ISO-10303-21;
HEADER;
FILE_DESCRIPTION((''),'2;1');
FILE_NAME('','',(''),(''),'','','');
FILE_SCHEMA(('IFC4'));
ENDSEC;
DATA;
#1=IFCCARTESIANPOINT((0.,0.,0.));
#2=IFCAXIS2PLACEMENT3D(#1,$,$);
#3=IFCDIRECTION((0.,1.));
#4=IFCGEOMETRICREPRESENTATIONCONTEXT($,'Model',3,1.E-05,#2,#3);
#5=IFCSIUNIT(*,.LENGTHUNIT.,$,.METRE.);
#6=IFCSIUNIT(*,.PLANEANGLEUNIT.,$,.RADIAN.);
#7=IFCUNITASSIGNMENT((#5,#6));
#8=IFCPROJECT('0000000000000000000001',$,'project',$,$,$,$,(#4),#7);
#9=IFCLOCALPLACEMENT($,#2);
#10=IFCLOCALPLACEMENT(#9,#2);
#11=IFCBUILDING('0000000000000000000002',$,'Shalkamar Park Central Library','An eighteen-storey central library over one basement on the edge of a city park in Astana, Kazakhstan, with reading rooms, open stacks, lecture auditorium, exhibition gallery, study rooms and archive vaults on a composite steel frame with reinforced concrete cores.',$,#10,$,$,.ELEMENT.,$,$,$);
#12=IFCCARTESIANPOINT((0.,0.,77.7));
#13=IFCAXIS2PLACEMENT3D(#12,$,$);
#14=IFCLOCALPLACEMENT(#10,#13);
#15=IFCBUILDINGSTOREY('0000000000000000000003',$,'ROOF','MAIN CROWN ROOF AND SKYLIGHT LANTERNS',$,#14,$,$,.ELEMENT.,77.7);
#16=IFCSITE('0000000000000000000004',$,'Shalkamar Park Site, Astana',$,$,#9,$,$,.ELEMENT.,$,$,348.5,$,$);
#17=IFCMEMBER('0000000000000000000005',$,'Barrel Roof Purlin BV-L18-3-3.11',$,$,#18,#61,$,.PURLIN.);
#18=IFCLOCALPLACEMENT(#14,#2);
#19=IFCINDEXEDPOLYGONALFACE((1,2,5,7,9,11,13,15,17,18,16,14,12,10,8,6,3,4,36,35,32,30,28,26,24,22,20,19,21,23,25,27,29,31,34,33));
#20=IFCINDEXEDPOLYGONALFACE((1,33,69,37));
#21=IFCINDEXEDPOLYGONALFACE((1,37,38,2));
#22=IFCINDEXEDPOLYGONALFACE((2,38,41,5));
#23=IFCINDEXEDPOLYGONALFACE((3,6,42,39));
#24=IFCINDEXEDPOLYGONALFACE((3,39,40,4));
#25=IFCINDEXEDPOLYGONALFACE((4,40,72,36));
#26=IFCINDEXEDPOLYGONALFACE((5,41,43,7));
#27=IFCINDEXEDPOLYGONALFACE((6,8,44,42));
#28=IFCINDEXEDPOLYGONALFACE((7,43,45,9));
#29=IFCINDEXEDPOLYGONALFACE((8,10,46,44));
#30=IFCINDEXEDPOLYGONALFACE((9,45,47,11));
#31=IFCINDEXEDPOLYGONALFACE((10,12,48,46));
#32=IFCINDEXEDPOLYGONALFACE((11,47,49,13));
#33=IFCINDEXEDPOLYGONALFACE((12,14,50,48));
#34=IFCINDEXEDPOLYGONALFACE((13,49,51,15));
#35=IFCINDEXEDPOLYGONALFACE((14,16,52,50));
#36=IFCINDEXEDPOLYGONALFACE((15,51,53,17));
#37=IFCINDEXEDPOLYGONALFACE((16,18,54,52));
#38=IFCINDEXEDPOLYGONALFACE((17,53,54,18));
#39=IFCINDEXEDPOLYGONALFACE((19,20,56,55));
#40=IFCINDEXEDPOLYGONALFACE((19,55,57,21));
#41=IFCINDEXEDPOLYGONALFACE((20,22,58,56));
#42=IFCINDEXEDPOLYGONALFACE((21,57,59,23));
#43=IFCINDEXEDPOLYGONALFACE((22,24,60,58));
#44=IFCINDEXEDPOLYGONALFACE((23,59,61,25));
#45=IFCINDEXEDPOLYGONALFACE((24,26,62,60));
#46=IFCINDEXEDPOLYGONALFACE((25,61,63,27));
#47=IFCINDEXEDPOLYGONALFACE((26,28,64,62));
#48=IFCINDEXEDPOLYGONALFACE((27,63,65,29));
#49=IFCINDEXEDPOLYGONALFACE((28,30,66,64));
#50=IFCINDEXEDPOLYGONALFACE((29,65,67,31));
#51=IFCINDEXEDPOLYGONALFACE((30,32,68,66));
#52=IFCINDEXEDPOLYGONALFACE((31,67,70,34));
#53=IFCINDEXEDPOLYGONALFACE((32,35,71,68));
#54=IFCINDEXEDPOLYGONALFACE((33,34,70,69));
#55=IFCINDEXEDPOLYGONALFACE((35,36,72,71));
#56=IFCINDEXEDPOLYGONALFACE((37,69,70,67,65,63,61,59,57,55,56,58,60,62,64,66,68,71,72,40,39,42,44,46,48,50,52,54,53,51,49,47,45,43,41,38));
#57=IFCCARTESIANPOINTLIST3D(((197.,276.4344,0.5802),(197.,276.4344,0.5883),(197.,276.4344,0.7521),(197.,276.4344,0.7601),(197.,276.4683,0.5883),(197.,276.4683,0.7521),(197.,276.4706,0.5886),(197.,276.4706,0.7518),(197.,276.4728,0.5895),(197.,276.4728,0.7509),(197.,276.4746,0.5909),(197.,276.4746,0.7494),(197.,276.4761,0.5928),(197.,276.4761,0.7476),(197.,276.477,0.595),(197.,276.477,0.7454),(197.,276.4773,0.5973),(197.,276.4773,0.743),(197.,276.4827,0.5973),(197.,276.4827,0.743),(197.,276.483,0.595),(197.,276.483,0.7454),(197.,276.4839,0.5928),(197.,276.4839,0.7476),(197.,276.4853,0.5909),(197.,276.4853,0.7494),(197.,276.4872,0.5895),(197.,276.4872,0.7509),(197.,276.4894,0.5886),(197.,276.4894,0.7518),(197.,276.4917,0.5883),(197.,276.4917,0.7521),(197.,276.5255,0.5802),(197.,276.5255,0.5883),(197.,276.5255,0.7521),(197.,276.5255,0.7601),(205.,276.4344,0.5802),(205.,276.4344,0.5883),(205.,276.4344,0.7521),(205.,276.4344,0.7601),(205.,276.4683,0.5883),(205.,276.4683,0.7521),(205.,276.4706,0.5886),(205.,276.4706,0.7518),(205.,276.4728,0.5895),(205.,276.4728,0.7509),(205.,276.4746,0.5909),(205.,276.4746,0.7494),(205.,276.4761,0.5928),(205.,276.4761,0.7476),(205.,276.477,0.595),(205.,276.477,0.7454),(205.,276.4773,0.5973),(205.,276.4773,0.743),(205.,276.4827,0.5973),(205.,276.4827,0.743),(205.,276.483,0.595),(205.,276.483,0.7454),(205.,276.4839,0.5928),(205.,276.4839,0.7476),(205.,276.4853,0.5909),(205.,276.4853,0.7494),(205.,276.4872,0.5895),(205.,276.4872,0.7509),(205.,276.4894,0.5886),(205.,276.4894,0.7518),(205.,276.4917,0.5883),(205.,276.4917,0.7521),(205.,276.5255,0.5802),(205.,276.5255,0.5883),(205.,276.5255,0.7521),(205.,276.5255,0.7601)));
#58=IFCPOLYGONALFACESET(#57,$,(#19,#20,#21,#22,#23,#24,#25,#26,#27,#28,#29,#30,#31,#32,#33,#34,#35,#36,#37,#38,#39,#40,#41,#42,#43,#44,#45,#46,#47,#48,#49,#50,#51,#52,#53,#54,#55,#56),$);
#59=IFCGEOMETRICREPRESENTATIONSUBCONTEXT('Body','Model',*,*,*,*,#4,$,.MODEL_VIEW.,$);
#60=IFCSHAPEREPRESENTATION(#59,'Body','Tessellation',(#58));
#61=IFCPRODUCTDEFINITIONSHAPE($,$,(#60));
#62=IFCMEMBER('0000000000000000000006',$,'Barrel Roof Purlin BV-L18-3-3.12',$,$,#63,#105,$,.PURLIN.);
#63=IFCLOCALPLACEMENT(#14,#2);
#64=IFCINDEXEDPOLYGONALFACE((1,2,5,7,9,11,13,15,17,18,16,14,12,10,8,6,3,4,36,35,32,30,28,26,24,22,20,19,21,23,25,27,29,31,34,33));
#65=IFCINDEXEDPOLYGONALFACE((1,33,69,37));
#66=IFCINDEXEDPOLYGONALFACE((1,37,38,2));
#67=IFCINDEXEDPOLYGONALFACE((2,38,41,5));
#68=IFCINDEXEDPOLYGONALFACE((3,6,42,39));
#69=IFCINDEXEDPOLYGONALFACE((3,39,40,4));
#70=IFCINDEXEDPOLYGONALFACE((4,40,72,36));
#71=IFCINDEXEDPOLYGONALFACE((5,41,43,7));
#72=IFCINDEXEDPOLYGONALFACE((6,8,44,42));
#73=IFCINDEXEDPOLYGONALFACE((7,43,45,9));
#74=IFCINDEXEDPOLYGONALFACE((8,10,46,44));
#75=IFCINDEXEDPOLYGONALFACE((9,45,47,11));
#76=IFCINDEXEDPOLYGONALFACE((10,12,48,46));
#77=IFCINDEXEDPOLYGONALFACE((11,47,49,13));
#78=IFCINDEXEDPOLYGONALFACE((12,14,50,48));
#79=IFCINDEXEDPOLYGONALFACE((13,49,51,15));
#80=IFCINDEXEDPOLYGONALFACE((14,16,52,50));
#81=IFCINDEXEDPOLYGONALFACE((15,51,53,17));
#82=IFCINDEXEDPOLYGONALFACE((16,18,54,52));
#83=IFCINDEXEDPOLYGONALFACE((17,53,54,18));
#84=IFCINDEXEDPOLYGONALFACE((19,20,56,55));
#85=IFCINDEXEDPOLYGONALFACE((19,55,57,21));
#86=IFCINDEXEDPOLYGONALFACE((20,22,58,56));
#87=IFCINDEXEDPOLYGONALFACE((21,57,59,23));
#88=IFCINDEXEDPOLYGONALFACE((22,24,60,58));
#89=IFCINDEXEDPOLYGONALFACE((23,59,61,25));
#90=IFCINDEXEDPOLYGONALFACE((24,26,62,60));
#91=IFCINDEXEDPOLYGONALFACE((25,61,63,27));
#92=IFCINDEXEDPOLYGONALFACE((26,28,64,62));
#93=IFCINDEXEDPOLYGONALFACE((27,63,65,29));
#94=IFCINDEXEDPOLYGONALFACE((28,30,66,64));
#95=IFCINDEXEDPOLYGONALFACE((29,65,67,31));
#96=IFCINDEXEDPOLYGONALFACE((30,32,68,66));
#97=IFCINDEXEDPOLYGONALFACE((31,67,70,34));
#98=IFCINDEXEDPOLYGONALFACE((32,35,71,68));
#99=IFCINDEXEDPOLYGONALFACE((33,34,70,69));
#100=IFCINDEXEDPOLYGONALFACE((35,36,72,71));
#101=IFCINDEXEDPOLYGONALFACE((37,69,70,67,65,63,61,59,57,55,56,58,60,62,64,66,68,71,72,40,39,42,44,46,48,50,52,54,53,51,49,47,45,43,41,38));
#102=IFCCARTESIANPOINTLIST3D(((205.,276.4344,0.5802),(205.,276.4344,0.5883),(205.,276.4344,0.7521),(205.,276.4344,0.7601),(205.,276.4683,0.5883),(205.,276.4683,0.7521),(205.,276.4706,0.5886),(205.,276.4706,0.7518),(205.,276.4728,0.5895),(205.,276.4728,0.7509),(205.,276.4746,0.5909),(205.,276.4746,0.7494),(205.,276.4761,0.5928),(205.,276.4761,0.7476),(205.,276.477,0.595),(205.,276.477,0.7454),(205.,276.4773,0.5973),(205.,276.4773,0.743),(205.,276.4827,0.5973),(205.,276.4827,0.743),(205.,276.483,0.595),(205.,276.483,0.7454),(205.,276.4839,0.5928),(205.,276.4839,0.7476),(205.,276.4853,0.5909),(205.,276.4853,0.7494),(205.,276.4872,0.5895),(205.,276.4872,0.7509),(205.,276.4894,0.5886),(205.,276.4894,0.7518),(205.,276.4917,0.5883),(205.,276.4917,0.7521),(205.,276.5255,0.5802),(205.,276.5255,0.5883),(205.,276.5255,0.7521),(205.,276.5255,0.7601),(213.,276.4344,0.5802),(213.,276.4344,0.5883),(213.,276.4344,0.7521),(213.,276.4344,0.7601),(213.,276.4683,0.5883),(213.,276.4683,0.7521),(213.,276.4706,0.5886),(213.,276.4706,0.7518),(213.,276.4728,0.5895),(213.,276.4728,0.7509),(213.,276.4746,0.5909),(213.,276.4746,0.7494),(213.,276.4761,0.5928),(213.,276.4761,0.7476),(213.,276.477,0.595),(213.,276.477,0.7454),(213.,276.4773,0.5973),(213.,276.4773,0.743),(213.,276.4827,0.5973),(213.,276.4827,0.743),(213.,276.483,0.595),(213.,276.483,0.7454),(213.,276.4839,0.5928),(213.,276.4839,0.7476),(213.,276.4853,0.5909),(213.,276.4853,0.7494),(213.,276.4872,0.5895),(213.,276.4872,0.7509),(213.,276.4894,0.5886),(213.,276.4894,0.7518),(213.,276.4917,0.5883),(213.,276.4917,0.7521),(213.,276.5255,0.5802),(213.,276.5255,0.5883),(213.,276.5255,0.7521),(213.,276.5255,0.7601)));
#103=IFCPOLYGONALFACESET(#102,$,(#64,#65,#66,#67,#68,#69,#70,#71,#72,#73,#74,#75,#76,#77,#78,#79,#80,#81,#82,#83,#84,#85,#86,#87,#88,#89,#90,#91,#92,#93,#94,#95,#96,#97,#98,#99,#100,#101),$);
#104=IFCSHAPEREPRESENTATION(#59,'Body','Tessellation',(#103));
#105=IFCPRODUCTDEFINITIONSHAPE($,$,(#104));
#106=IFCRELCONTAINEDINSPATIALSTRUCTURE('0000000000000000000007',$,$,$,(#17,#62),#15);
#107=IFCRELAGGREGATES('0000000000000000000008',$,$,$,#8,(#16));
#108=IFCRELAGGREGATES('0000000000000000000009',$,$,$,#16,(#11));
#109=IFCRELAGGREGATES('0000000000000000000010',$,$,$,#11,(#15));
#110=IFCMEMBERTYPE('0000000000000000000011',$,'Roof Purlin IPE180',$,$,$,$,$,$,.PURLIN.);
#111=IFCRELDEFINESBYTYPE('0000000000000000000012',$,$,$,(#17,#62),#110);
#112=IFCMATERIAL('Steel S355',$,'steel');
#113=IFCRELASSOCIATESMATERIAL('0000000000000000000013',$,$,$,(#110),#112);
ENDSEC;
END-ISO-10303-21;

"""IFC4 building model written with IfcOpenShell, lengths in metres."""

from ifc_helpers import new_model, si_unit, direction, frame, origin, origin_2d, place, context, subcontext, project, spatial, i_section, extrude, material, material_profile, profile_set, type_object, element, save


model = new_model("IFC4")

# Units and contexts
model_context = context("Model", 3, precision=1e-05, world=origin(), true_north=direction((0.0, 1.0)))
body_context = subcontext(model_context, "Body", "Model", "MODEL_VIEW")
ifc_project = project(units=[si_unit("LENGTHUNIT", "METRE"), si_unit("PLANEANGLEUNIT", "RADIAN")], contexts=[model_context])

# Site, building, storey
site_placement = place(None, origin())
site = spatial("IfcSite", under=ifc_project, at=site_placement, Name="Shalkamar Park Site, Astana", CompositionType="ELEMENT", RefElevation=348.5)
building_placement = place(site_placement, origin())
building = spatial("IfcBuilding", under=site, at=building_placement, Name="Shalkamar Park Central Library", Description="An eighteen-storey central library over one basement on the edge of a city park in Astana, Kazakhstan, with reading rooms, open stacks, lecture auditorium, exhibition gallery, study rooms and archive vaults on a composite steel frame with reinforced concrete cores.", CompositionType="ELEMENT")
storey_placement = place(building_placement, frame((0.0, 0.0, 77.7)))
storey = spatial("IfcBuildingStorey", under=building, at=storey_placement, Name="ROOF", Description="MAIN CROWN ROOF AND SKYLIGHT LANTERNS", CompositionType="ELEMENT", Elevation=77.7)

# Members
ifc_material = material(Name="Steel S355", Category="steel")
ifc_material_profile_1 = material_profile(ifc_material, i_section(OverallWidth=0.0911, OverallDepth=0.1799, WebThickness=0.0054, FlangeThickness=0.0081, FilletRadius=0.009, at=origin_2d()), Name="IPE 180")
ifc_profile_set_1 = profile_set([ifc_material_profile_1], Name="Steel S355")
member_type_1 = type_object("IfcMemberType", Name="Roof Purlin IPE180", PredefinedType="PURLIN", material=ifc_profile_set_1)
for number, where, z_axis, x_axis, name in (
    (1, (197.0, 276.48, 0.6702), (1.0, 0.0, 0.0), (0.0, 1.0, 0.0), "Barrel Roof Purlin BV-L18-3-3.11"),
    (2, (205.0, 276.48, 0.6702), (1.0, 0.0, 0.0), (0.0, 1.0, 0.0), "Barrel Roof Purlin BV-L18-3-3.12"),
):
    element("IfcMember", number, at=place(storey_placement, frame(where, z_axis=z_axis, x_axis=x_axis)), inside=storey, type_object=member_type_1, Name=name, PredefinedType="PURLIN", context=body_context, shape_type="SweptSolid", body=[
        extrude(i_section(OverallWidth=0.0911, OverallDepth=0.1799, WebThickness=0.0054, FlangeThickness=0.0081, FilletRadius=0.009, at=origin_2d()), origin(), (0.0, 0.0, 1.0), 8.0),
    ])

save(model, "model.ifc")
